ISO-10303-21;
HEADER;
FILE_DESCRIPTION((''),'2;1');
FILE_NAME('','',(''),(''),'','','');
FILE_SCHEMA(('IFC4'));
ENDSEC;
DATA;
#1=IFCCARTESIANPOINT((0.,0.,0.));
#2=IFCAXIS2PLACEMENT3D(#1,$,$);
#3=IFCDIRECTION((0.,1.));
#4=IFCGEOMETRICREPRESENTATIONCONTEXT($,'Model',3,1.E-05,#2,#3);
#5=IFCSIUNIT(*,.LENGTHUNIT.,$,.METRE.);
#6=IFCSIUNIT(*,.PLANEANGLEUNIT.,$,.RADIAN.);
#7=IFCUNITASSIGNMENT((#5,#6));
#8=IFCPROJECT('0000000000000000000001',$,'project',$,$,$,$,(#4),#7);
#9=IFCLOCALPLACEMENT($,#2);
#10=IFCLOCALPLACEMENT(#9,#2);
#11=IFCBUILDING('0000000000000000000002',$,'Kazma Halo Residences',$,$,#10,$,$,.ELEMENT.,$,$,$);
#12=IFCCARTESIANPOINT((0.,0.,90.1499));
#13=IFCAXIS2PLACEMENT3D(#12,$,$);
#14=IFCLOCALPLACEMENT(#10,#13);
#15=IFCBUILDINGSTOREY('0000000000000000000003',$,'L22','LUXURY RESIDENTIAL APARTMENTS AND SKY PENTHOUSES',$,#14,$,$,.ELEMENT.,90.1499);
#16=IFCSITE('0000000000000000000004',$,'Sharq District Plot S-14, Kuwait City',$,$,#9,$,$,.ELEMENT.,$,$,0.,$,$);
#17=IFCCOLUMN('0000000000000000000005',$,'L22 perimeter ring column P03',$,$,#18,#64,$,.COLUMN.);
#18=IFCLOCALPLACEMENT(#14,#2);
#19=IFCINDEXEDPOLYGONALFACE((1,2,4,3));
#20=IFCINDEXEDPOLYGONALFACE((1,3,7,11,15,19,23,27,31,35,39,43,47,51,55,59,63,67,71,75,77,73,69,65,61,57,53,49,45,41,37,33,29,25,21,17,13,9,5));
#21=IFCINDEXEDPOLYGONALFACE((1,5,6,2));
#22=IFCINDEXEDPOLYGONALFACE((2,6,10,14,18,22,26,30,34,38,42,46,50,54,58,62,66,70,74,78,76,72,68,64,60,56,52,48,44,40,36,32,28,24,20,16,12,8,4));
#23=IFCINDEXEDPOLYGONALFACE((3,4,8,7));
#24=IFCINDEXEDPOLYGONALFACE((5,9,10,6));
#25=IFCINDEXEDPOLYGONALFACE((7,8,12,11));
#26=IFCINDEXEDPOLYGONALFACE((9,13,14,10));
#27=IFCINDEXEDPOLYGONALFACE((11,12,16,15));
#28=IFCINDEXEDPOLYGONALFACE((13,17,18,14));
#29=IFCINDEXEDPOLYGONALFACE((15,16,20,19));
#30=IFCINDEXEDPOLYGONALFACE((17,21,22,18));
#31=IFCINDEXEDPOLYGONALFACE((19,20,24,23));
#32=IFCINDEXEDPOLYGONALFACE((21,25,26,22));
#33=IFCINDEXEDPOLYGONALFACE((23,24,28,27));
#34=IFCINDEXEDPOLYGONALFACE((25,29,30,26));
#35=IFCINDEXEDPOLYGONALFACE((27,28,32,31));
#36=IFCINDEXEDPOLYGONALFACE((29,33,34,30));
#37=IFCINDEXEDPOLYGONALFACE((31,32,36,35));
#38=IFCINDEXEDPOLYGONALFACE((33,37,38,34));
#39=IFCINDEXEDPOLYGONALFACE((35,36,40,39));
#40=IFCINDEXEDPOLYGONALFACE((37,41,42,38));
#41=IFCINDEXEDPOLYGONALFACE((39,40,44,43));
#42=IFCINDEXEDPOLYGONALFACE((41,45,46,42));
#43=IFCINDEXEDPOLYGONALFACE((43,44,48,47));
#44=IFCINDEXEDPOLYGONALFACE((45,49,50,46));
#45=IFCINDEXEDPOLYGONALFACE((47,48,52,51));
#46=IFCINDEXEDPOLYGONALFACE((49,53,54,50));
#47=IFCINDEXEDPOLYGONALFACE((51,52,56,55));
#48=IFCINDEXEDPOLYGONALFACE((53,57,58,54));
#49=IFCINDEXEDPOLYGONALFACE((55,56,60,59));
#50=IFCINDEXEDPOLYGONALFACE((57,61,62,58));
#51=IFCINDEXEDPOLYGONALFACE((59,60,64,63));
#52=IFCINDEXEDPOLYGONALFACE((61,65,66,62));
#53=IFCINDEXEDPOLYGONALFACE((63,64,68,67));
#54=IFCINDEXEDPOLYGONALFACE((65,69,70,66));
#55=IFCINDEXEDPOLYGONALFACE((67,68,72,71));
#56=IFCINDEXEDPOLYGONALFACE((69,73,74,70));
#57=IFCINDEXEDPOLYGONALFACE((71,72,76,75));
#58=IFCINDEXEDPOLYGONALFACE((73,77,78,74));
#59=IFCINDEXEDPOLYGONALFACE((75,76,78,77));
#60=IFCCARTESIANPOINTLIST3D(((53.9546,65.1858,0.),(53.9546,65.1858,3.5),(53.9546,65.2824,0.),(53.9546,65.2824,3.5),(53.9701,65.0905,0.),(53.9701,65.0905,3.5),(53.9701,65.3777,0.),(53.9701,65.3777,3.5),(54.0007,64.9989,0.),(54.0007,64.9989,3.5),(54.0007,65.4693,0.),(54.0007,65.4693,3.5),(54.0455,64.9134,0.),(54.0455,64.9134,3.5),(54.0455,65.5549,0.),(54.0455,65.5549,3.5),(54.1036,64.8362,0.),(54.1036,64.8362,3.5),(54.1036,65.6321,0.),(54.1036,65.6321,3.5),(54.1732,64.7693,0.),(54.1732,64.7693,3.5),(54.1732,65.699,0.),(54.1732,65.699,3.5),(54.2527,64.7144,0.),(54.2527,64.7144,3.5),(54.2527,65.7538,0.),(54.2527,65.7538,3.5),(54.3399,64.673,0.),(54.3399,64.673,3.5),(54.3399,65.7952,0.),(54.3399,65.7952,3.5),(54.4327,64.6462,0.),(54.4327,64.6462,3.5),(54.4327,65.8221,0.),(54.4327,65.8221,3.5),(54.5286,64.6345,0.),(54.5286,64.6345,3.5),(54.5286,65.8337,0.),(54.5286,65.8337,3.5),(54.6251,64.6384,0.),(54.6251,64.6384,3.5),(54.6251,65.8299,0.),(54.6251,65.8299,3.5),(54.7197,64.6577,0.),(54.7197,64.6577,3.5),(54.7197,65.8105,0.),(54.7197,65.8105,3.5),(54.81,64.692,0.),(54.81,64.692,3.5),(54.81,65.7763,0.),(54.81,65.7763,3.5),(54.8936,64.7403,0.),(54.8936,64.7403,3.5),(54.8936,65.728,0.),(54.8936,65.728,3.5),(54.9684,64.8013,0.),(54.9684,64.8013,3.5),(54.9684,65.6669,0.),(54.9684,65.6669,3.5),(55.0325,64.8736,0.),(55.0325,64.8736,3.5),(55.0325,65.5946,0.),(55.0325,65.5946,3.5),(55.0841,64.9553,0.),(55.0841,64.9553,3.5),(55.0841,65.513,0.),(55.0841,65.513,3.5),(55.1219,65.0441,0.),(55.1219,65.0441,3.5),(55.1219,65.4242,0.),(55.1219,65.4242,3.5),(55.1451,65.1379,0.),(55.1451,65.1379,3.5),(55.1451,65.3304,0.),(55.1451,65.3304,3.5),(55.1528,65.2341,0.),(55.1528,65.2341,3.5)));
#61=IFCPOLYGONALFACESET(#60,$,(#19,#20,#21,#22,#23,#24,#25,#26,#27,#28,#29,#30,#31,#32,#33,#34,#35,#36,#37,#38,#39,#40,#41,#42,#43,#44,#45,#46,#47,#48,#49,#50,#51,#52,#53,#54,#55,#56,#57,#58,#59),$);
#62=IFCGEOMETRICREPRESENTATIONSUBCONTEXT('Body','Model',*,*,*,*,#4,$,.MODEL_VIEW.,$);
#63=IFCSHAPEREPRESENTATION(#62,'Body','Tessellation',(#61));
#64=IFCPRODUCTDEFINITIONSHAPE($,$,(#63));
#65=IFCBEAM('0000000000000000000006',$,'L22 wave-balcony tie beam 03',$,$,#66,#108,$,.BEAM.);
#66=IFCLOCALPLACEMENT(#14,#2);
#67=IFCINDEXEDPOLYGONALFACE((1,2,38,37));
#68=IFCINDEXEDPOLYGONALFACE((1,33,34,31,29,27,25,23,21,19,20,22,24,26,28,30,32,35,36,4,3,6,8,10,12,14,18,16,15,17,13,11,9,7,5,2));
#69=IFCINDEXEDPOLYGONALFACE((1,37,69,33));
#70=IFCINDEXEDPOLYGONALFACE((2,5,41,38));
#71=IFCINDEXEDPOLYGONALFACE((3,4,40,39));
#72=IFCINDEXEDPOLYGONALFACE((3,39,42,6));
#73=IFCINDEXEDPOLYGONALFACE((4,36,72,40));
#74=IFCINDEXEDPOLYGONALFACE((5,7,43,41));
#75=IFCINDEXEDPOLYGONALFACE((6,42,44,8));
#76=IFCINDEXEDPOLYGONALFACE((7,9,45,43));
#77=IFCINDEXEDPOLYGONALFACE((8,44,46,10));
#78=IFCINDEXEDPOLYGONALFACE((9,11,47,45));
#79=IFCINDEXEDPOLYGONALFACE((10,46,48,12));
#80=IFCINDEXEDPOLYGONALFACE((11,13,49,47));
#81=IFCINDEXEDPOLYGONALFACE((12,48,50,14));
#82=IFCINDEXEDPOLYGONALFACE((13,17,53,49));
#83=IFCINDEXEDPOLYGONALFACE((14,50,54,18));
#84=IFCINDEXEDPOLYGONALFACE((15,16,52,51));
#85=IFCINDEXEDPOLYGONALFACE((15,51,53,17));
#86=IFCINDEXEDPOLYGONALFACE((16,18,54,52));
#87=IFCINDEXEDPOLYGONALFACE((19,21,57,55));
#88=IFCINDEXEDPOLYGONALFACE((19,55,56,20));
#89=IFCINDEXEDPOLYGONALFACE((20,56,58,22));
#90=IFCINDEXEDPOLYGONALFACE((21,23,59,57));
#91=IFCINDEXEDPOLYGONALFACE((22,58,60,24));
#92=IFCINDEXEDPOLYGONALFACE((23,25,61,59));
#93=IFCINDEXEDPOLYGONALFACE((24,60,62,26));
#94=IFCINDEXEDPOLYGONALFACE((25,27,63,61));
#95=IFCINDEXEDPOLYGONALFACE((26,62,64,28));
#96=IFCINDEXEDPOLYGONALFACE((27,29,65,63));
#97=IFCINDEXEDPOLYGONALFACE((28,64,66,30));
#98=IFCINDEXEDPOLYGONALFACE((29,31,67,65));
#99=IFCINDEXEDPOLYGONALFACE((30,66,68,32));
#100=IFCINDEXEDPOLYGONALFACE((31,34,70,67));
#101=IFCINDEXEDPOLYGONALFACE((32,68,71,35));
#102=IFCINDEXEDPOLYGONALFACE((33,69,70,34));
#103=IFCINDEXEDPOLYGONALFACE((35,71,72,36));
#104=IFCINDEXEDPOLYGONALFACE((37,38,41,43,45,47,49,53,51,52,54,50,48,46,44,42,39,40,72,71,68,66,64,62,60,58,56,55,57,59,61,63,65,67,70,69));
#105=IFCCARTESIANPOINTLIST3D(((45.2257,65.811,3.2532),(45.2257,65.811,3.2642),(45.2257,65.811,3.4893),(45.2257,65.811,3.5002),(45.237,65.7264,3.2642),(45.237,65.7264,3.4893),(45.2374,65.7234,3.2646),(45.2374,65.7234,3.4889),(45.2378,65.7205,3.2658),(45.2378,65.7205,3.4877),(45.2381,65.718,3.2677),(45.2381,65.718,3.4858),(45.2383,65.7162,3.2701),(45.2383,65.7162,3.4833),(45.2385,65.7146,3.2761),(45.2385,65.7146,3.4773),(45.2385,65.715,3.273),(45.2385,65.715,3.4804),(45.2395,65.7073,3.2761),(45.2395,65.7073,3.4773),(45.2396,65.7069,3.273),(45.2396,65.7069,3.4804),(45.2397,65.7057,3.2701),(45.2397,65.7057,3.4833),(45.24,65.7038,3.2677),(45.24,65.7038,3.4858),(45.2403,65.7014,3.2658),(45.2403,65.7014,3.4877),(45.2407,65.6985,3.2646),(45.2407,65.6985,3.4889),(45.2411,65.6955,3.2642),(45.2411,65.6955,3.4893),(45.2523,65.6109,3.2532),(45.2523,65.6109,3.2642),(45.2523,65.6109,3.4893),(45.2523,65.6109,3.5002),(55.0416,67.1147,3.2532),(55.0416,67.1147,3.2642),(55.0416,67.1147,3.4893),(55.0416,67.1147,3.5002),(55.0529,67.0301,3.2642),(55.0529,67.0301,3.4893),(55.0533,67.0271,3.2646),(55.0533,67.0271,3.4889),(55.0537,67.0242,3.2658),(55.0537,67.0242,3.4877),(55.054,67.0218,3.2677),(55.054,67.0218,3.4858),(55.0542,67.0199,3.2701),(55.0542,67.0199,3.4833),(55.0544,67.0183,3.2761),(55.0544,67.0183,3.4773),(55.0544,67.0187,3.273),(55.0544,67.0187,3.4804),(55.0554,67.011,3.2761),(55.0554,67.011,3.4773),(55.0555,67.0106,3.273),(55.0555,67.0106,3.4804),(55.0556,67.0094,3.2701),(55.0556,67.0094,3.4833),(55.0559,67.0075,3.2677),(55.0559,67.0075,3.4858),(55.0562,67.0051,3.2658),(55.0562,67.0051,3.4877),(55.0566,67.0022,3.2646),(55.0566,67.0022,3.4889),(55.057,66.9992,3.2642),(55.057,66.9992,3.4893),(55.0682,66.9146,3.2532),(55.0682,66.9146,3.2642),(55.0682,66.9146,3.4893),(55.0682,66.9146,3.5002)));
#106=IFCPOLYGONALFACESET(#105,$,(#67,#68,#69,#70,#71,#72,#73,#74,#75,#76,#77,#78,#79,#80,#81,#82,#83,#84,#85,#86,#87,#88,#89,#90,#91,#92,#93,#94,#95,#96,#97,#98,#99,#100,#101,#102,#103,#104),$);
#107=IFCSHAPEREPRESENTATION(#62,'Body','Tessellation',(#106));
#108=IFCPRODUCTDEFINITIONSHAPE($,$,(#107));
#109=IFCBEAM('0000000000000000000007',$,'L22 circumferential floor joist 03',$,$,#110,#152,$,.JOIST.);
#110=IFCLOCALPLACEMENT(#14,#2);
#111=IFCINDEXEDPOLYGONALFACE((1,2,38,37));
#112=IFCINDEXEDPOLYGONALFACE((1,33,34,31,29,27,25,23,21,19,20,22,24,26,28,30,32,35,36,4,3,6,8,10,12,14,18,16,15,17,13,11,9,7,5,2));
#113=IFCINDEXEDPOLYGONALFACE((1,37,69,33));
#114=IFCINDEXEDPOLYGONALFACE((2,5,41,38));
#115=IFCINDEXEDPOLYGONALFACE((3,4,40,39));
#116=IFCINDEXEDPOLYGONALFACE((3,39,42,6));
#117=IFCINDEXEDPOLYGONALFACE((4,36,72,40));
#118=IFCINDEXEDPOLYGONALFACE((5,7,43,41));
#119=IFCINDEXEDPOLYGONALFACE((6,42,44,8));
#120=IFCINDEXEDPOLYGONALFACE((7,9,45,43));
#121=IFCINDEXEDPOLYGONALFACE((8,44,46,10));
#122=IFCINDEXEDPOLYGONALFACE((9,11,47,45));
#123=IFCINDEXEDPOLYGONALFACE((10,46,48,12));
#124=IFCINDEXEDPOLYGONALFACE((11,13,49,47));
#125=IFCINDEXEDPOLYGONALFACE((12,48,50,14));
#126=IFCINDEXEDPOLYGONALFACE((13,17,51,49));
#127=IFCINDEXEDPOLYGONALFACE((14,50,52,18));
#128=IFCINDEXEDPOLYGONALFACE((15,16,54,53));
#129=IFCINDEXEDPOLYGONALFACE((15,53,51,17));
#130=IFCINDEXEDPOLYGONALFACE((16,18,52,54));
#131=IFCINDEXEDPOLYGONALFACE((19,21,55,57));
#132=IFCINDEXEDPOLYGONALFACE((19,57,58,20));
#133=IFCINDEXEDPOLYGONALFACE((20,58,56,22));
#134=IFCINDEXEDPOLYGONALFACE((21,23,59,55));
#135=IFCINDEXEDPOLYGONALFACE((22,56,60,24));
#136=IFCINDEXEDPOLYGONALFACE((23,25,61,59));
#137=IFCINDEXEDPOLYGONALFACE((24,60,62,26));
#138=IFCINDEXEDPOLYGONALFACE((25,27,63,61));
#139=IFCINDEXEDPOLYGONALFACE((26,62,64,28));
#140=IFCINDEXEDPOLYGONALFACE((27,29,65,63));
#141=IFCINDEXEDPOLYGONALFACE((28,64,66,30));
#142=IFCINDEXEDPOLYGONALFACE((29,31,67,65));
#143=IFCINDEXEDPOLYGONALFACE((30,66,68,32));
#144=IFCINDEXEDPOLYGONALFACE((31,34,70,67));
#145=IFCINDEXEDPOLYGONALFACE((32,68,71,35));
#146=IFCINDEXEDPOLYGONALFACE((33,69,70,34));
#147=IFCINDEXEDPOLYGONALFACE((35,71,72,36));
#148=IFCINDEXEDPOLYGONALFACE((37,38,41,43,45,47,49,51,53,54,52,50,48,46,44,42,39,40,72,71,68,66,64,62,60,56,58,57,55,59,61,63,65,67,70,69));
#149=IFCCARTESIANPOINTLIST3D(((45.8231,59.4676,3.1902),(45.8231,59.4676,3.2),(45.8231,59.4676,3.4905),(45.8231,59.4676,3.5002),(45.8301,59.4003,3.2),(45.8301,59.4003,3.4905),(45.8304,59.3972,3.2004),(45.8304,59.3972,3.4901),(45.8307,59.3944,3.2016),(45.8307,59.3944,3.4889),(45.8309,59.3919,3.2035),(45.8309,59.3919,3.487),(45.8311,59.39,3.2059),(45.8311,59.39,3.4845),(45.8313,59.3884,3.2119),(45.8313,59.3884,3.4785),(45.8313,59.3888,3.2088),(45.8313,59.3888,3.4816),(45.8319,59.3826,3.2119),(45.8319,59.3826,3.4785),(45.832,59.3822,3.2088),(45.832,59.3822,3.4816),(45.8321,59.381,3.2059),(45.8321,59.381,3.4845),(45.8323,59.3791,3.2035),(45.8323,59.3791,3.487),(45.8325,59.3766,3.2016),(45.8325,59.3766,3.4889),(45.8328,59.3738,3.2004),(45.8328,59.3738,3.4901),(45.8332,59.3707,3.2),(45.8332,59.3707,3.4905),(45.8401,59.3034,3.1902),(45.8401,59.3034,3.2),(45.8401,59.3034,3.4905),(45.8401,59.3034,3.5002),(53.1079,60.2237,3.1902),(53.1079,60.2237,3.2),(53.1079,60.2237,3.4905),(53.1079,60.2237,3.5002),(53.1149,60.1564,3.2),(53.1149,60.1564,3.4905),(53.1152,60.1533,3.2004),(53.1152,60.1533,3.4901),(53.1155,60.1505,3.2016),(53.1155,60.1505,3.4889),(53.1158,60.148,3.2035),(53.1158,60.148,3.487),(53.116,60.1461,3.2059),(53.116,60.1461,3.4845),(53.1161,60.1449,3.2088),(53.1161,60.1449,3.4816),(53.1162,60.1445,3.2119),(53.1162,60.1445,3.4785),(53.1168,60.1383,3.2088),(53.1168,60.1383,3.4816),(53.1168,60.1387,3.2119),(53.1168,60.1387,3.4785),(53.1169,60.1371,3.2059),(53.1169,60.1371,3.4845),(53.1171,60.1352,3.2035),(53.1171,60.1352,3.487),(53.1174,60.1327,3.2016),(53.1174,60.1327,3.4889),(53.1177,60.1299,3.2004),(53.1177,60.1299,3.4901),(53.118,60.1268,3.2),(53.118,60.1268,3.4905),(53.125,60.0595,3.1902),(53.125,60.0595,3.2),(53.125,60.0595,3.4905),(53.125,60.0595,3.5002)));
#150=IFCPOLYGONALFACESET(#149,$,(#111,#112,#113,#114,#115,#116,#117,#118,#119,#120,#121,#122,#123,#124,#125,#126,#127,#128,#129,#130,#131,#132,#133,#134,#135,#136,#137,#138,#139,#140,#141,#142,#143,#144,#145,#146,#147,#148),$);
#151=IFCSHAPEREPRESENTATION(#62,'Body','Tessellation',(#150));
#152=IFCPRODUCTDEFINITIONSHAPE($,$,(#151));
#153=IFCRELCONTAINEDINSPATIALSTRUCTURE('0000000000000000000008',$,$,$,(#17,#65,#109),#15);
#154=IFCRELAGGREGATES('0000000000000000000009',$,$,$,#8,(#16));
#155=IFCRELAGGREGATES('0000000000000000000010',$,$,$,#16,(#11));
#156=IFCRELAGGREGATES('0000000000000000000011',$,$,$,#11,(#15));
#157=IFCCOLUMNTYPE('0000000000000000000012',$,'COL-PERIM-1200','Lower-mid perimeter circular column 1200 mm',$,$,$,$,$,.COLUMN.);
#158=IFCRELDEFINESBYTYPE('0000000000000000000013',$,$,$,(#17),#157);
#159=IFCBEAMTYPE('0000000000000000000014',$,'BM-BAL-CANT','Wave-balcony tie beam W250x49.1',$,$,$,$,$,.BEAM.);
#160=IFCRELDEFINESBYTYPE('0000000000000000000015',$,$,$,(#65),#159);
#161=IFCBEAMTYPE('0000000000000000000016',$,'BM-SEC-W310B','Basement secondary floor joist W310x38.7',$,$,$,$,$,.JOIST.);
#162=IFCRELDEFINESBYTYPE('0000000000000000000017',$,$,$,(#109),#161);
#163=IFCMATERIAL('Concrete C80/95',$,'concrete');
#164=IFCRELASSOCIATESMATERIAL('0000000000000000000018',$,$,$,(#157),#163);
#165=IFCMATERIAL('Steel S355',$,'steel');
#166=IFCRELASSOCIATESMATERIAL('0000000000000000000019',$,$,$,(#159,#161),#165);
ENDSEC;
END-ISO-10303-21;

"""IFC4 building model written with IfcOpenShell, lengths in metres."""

from ifc_helpers import new_model, si_unit, direction, frame, origin, origin_2d, place, context, subcontext, project, spatial, circle, i_section, extrude, material, material_profile, profile_set, type_object, element, save


model = new_model("IFC4")

# Units and contexts
model_context = context("Model", 3, precision=1e-05, world=origin(), true_north=direction((0.0, 1.0)))
body_context = subcontext(model_context, "Body", "Model", "MODEL_VIEW")
ifc_project = project(units=[si_unit("LENGTHUNIT", "METRE"), si_unit("PLANEANGLEUNIT", "RADIAN")], contexts=[model_context])

# Site, building, storey
site_placement = place(None, origin())
site = spatial("IfcSite", under=ifc_project, at=site_placement, Name="Sharq District Plot S-14, Kuwait City", CompositionType="ELEMENT", RefElevation=0.0)
building_placement = place(site_placement, origin())
building = spatial("IfcBuilding", under=site, at=building_placement, Name="Kazma Halo Residences", CompositionType="ELEMENT")
storey_placement = place(building_placement, frame((0.0, 0.0, 90.1499)))
storey = spatial("IfcBuildingStorey", under=building, at=storey_placement, Name="L22", Description="LUXURY RESIDENTIAL APARTMENTS AND SKY PENTHOUSES", CompositionType="ELEMENT", Elevation=90.1499)

# Column
ifc_material_1 = material(Name="Concrete C80/95", Category="concrete")
ifc_material_profile_1 = material_profile(ifc_material_1, circle(Radius=0.6001, at=origin_2d()), Name="CIRC1200")
ifc_profile_set_1 = profile_set([ifc_material_profile_1], Name="Concrete C80/95")
column_type = type_object("IfcColumnType", Name="COL-PERIM-1200", Description="Lower-mid perimeter circular column 1200 mm", PredefinedType="COLUMN", material=ifc_profile_set_1)
column_placement = place(storey_placement, frame((54.5527, 65.2341, 0.0), z_axis=(0.0, 0.0, 1.0), x_axis=(1.0, 0.0, 0.0)))
element("IfcColumn", 1, at=column_placement, inside=storey, type_object=column_type, Name="L22 perimeter ring column P03", PredefinedType="COLUMN", context=body_context, shape_type="SweptSolid", body=[
    extrude(circle(Radius=0.6001, at=origin_2d()), origin(), (0.0, 0.0, 1.0), 3.5),
])

# Beams
ifc_material_2 = material(Name="Steel S355", Category="steel")
ifc_material_profile_2 = material_profile(ifc_material_2, i_section(OverallWidth=0.2019, OverallDepth=0.2471, WebThickness=0.0073, FlangeThickness=0.011, FilletRadius=0.012, at=origin_2d()), Name="W250x49.1")
ifc_profile_set_2 = profile_set([ifc_material_profile_2], Name="Steel S355")
beam_type_1 = type_object("IfcBeamType", Name="BM-BAL-CANT", Description="Wave-balcony tie beam W250x49.1", PredefinedType="BEAM", material=ifc_profile_set_2)
beam_1_placement = place(storey_placement, frame((55.0549, 67.0146, 3.3767), z_axis=(-0.991295, -0.13166, 0.0), x_axis=(0.13166, -0.991295, 0.0)))
element("IfcBeam", 2, at=beam_1_placement, inside=storey, type_object=beam_type_1, Name="L22 wave-balcony tie beam 03", PredefinedType="BEAM", context=body_context, shape_type="SweptSolid", body=[
    extrude(i_section(OverallWidth=0.2019, OverallDepth=0.2471, WebThickness=0.0073, FlangeThickness=0.011, FilletRadius=0.012, at=origin_2d()), origin(), (0.0, 0.0, 1.0), 9.9021),
])
ifc_material_profile_3 = material_profile(ifc_material_2, i_section(OverallWidth=0.165, OverallDepth=0.3101, WebThickness=0.0059, FlangeThickness=0.0098, FilletRadius=0.012, at=origin_2d()), Name="W310x38.7")
ifc_profile_set_3 = profile_set([ifc_material_profile_3], Name="Steel S355")
beam_type_2 = type_object("IfcBeamType", Name="BM-SEC-W310B", Description="Basement secondary floor joist W310x38.7", PredefinedType="JOIST", material=ifc_profile_set_3)
beam_2_placement = place(storey_placement, frame((53.1165, 60.1416, 3.3452), z_axis=(-0.994657, -0.103236, 0.0), x_axis=(0.103236, -0.994657, 0.0)))
element("IfcBeam", 3, at=beam_2_placement, inside=storey, type_object=beam_type_2, Name="L22 circumferential floor joist 03", PredefinedType="JOIST", context=body_context, shape_type="SweptSolid", body=[
    extrude(i_section(OverallWidth=0.165, OverallDepth=0.3101, WebThickness=0.0059, FlangeThickness=0.0098, FilletRadius=0.012, at=origin_2d()), origin(), (0.0, 0.0, 1.0), 7.324),
])

save(model, "model.ifc")
